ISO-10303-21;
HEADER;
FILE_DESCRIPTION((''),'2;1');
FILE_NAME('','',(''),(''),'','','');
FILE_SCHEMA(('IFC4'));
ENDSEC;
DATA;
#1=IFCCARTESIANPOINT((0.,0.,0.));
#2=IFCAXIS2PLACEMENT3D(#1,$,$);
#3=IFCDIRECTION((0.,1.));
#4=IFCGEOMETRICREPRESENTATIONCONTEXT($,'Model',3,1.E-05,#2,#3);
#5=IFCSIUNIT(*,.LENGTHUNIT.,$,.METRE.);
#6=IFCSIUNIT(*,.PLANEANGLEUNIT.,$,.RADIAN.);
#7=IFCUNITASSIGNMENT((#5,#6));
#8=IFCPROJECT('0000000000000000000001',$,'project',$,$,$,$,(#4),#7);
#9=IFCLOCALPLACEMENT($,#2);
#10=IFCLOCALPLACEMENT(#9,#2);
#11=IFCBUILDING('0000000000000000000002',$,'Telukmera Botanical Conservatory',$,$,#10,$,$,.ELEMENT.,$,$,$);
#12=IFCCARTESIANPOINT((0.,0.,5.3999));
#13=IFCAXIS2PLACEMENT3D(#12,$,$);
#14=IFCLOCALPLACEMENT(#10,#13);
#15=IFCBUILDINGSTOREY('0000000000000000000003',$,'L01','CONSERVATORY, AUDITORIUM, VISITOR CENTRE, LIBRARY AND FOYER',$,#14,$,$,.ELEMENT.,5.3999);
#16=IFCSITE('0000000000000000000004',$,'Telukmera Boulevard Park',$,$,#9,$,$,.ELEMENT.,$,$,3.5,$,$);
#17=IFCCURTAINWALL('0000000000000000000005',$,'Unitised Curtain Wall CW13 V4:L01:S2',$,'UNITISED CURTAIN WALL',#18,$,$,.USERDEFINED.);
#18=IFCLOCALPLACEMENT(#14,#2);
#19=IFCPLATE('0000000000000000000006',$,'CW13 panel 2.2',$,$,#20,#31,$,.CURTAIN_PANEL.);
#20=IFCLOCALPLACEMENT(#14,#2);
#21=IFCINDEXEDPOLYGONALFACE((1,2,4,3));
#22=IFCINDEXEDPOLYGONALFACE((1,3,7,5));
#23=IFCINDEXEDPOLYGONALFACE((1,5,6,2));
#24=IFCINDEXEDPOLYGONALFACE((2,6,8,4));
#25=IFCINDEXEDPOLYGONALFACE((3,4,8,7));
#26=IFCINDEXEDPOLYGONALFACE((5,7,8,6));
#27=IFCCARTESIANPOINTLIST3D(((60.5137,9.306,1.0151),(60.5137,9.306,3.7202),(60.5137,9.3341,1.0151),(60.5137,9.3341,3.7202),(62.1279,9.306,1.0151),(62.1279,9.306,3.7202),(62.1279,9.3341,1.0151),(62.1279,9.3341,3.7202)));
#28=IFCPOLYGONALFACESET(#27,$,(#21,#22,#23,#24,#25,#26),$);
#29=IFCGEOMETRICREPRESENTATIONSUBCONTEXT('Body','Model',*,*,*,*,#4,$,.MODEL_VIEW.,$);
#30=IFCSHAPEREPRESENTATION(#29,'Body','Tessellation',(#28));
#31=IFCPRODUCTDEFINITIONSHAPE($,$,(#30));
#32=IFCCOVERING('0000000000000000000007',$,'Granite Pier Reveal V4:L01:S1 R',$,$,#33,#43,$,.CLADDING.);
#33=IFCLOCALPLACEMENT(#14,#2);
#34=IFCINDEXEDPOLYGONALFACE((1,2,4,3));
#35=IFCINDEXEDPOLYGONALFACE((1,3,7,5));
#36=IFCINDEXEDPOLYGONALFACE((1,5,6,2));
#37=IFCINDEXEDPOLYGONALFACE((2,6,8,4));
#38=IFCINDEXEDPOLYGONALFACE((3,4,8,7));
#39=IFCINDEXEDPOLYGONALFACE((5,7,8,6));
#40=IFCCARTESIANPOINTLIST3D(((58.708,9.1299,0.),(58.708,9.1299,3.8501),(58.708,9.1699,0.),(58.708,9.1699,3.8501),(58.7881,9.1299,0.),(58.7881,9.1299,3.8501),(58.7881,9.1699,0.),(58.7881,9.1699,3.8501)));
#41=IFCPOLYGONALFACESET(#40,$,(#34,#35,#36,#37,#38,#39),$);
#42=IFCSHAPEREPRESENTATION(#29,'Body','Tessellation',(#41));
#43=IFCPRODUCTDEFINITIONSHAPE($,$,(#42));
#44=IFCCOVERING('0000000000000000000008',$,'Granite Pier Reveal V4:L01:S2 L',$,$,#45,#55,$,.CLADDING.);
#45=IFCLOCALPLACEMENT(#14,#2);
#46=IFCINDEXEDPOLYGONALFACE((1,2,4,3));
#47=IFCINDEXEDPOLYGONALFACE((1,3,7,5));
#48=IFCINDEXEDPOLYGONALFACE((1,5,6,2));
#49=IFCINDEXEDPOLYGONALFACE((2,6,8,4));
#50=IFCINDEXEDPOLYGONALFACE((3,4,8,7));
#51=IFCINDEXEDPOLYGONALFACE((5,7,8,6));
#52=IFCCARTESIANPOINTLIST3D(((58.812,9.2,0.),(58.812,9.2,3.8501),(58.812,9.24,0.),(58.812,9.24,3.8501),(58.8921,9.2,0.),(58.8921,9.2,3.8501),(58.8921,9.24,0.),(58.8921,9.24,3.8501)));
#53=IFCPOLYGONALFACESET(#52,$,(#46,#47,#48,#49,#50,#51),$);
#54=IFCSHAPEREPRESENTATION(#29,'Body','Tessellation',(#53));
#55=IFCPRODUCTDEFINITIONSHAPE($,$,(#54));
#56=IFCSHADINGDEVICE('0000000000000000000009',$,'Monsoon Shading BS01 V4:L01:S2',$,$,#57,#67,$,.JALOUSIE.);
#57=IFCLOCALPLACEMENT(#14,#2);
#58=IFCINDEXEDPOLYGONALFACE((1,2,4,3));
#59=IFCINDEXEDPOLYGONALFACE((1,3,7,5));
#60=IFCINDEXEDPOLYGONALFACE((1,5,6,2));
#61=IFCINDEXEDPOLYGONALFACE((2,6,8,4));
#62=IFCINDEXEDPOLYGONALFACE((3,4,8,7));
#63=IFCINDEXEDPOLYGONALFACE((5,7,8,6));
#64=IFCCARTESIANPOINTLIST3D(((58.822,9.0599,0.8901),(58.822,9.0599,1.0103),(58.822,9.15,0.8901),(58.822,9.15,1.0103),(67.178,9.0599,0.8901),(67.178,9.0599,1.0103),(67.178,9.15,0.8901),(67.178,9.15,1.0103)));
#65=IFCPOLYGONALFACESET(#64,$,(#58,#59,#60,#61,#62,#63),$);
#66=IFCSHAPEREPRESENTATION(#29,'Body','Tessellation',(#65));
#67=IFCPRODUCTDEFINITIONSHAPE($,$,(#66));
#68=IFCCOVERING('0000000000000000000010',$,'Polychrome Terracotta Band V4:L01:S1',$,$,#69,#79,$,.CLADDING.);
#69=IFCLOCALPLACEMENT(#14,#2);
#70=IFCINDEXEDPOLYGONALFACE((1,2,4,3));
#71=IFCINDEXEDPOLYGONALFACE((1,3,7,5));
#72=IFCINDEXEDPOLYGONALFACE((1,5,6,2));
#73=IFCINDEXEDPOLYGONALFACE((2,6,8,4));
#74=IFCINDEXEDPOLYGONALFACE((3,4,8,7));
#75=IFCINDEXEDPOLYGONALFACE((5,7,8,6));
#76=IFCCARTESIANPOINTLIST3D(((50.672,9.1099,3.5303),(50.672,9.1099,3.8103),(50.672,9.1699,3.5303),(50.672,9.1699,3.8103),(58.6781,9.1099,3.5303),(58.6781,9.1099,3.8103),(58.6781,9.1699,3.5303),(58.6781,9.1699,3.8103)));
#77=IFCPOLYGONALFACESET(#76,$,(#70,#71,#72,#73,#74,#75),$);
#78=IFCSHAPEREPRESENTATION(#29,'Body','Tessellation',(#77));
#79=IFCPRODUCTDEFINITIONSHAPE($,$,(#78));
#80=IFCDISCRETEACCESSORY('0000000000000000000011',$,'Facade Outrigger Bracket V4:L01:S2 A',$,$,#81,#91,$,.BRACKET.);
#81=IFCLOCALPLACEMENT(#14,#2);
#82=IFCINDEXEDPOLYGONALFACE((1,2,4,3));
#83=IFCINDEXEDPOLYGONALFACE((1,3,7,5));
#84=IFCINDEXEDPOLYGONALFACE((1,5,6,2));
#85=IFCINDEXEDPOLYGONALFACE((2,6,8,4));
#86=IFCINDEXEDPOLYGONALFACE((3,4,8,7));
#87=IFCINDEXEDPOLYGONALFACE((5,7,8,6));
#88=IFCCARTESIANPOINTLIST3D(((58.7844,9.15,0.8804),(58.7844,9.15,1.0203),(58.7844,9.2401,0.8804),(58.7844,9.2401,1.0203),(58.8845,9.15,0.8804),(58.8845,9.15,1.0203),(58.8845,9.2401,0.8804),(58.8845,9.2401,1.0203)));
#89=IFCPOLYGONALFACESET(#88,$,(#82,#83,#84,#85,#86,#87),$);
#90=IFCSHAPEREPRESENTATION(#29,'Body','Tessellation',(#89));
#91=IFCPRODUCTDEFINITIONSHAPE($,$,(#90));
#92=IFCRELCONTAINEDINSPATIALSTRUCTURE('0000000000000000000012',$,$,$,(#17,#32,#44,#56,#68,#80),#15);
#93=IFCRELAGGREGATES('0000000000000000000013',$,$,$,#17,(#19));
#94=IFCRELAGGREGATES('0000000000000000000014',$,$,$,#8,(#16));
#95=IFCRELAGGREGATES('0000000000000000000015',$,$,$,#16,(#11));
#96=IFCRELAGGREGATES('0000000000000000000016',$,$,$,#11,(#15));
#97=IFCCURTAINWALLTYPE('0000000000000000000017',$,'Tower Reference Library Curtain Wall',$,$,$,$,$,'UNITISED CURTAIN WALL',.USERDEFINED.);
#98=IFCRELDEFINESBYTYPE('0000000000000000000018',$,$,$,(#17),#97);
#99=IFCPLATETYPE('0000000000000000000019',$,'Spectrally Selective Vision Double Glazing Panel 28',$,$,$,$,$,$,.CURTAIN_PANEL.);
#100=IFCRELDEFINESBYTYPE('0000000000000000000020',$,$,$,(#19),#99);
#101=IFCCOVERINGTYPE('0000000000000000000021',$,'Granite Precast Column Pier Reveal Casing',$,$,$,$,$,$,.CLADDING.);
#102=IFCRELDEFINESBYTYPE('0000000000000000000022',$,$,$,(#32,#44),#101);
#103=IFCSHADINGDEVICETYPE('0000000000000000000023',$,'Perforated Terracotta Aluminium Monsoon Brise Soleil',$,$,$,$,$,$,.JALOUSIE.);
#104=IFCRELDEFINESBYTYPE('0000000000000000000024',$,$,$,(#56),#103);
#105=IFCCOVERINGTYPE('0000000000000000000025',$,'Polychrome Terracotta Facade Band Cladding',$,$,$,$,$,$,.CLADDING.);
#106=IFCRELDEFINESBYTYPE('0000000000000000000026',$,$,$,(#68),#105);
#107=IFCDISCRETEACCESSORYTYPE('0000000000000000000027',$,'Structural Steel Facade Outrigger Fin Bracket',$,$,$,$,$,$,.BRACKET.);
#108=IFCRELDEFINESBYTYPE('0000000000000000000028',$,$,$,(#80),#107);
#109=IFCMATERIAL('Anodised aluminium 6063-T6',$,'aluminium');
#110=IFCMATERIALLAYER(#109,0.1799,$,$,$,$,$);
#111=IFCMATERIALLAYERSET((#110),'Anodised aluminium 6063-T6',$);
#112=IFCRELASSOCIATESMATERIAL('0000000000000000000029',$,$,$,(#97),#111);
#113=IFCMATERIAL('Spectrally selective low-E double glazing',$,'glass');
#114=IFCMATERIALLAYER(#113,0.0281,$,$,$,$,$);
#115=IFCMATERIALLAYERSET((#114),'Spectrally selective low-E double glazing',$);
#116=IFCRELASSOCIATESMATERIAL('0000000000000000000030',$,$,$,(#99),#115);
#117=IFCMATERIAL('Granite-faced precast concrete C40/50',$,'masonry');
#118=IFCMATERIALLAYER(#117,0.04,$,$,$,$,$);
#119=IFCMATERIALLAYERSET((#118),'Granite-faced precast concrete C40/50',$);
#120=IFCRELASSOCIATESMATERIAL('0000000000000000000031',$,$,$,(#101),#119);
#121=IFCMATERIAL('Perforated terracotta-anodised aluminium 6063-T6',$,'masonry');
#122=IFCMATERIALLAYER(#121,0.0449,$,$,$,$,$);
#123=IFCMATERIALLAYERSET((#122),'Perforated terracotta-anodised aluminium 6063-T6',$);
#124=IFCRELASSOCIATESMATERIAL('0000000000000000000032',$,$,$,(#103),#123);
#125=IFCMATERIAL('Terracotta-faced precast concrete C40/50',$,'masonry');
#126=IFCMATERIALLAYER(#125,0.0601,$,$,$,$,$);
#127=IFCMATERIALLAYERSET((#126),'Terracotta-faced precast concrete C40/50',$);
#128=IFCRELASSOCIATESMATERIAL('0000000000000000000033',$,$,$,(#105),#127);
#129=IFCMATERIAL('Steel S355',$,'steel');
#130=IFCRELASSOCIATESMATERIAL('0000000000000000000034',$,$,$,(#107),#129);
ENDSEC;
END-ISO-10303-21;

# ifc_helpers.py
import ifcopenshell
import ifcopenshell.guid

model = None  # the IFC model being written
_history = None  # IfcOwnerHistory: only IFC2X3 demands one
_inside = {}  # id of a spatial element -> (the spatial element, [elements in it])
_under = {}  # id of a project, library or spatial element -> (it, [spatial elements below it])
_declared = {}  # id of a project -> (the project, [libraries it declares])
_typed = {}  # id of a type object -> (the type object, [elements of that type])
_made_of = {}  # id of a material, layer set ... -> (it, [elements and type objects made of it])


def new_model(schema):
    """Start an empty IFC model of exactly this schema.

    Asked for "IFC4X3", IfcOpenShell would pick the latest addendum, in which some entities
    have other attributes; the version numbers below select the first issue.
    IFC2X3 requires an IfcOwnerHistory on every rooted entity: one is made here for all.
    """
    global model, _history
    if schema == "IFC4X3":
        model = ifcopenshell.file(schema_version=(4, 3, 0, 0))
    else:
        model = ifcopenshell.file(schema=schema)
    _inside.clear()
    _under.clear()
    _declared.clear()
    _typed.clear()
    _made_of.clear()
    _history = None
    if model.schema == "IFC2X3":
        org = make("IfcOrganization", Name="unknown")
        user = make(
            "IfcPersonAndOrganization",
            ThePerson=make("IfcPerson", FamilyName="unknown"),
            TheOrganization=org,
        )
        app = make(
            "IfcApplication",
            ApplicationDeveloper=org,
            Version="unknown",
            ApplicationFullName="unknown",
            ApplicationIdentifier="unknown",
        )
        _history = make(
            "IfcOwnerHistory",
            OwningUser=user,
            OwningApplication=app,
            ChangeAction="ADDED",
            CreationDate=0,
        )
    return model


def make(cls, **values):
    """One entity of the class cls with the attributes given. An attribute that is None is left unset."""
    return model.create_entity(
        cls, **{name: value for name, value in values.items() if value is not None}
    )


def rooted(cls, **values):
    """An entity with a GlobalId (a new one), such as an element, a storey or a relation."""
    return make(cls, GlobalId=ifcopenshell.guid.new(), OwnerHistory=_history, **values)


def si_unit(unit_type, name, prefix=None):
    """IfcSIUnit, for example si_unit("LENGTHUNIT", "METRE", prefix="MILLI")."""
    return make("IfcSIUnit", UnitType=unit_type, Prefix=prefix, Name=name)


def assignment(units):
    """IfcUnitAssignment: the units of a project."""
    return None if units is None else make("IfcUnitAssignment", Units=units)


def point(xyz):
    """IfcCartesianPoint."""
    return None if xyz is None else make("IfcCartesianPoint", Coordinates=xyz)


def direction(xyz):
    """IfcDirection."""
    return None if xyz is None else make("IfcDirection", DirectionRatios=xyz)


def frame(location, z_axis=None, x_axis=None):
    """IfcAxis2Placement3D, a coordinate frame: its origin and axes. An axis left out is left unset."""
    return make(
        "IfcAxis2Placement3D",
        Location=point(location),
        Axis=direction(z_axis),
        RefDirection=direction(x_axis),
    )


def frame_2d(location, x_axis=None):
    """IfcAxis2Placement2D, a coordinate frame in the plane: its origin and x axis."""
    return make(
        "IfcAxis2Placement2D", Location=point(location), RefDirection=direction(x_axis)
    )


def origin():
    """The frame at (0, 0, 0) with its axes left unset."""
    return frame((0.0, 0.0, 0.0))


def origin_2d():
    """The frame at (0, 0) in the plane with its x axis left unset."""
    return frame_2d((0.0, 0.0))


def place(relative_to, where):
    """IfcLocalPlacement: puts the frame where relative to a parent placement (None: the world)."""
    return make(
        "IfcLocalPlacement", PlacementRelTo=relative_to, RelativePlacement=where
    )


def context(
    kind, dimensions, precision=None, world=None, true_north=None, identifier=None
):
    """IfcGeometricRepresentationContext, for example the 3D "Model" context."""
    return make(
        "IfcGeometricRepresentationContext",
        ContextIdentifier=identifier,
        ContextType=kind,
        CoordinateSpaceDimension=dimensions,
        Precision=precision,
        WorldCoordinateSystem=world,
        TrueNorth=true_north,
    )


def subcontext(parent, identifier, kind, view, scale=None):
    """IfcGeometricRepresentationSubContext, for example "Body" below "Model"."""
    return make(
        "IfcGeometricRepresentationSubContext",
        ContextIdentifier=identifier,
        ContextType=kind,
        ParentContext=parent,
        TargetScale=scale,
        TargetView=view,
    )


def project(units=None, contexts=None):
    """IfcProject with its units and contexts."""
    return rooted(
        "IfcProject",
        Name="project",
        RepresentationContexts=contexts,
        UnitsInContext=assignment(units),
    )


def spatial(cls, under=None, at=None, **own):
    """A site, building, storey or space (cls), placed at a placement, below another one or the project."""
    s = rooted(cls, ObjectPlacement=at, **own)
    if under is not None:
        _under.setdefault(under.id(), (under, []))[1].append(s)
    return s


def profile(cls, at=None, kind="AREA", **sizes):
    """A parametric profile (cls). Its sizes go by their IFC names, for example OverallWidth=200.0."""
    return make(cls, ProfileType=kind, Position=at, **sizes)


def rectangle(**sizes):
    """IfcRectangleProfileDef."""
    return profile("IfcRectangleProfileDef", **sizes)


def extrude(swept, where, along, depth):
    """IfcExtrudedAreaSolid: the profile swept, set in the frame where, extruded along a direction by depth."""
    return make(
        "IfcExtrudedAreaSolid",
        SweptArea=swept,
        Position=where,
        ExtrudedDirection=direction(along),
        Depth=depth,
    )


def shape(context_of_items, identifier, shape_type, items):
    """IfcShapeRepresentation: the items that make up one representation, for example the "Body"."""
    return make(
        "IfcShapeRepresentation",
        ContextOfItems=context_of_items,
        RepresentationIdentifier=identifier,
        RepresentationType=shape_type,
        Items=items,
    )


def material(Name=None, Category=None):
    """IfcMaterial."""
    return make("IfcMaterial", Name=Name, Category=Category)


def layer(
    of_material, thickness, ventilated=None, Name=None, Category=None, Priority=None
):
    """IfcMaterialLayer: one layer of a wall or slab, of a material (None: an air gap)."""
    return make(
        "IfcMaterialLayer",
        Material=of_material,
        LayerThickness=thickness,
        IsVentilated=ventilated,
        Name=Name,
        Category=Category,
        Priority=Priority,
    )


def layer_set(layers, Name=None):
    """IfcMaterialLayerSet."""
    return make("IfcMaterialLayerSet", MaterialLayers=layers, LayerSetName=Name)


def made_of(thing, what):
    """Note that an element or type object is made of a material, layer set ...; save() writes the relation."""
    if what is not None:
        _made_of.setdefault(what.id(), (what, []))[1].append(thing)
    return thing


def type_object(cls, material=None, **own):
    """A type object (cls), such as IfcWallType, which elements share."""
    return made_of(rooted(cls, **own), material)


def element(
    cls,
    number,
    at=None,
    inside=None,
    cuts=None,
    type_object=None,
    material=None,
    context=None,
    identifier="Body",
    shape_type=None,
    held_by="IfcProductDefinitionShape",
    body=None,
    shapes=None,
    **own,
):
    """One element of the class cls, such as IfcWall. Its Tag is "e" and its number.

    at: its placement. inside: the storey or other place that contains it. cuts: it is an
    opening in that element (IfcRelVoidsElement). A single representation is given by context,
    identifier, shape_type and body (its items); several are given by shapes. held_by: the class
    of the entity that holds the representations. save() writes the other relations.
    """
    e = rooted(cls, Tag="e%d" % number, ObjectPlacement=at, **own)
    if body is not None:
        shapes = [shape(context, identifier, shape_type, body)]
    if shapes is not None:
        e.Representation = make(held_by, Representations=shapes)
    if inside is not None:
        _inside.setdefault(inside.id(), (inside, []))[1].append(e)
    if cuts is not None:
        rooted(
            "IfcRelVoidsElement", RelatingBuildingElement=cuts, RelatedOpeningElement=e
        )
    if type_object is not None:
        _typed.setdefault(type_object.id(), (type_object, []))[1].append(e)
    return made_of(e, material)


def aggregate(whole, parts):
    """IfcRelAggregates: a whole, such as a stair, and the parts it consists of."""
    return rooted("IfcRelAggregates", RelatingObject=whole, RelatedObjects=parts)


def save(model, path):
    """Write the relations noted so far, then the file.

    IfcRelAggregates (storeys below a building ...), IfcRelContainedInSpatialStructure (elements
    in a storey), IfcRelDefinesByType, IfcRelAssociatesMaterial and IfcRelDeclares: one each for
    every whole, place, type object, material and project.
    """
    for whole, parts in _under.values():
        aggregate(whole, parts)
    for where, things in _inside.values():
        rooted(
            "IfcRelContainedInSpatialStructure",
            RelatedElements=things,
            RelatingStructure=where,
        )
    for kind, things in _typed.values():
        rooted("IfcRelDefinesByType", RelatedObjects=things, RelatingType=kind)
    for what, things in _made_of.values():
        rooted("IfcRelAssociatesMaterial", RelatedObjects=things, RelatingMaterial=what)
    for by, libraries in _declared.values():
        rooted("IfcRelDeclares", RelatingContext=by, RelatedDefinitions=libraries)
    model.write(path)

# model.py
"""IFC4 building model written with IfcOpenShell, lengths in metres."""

from ifc_helpers import new_model, si_unit, direction, frame, origin, origin_2d, place, context, subcontext, project, spatial, rectangle, extrude, material, layer, layer_set, type_object, element, aggregate, save


model = new_model("IFC4")

# Units and contexts
model_context = context("Model", 3, precision=1e-05, world=origin(), true_north=direction((0.0, 1.0)))
body_context = subcontext(model_context, "Body", "Model", "MODEL_VIEW")
ifc_project = project(units=[si_unit("LENGTHUNIT", "METRE"), si_unit("PLANEANGLEUNIT", "RADIAN")], contexts=[model_context])

# Site, building, storey
site_placement = place(None, origin())
site = spatial("IfcSite", under=ifc_project, at=site_placement, Name="Telukmera Boulevard Park", CompositionType="ELEMENT", RefElevation=3.5)
building_placement = place(site_placement, origin())
building = spatial("IfcBuilding", under=site, at=building_placement, Name="Telukmera Botanical Conservatory", CompositionType="ELEMENT")
storey_placement = place(building_placement, frame((0.0, 0.0, 5.3999)))
storey = spatial("IfcBuildingStorey", under=building, at=storey_placement, Name="L01", Description="CONSERVATORY, AUDITORIUM, VISITOR CENTRE, LIBRARY AND FOYER", CompositionType="ELEMENT", Elevation=5.3999)

# Curtain wall, plate
ifc_material_1 = material(Name="Anodised aluminium 6063-T6", Category="aluminium")
ifc_layer_1 = layer(ifc_material_1, 0.1799)
ifc_layer_set_1 = layer_set([ifc_layer_1], Name="Anodised aluminium 6063-T6")
curtain_wall_type = type_object("IfcCurtainWallType", Name="Tower Reference Library Curtain Wall", ElementType="UNITISED CURTAIN WALL", PredefinedType="USERDEFINED", material=ifc_layer_set_1)
curtain_wall_placement = place(storey_placement, origin())
curtain_wall = element("IfcCurtainWall", 1, at=curtain_wall_placement, inside=storey, type_object=curtain_wall_type, Name="Unitised Curtain Wall CW13 V4:L01:S2", ObjectType="UNITISED CURTAIN WALL", PredefinedType="USERDEFINED")
ifc_material_2 = material(Name="Spectrally selective low-E double glazing", Category="glass")
ifc_layer_2 = layer(ifc_material_2, 0.0281)
ifc_layer_set_2 = layer_set([ifc_layer_2], Name="Spectrally selective low-E double glazing")
plate_type = type_object("IfcPlateType", Name="Spectrally Selective Vision Double Glazing Panel 28", PredefinedType="CURTAIN_PANEL", material=ifc_layer_set_2)
plate_1_placement = place(storey_placement, frame((61.3208, 9.3201, 1.0151), z_axis=(0.0, 0.0, 1.0), x_axis=(1.0, 0.0, 0.0)))
plate_1 = element("IfcPlate", 2, at=plate_1_placement, type_object=plate_type, Name="CW13 panel 2.2", PredefinedType="CURTAIN_PANEL", context=body_context, shape_type="SweptSolid", body=[
    extrude(rectangle(XDim=1.6143, YDim=0.0281, at=origin_2d()), origin(), (0.0, 0.0, 1.0), 2.7051),
])
aggregate(curtain_wall, [plate_1])

# Coverings
ifc_material_3 = material(Name="Granite-faced precast concrete C40/50", Category="masonry")
ifc_layer_3 = layer(ifc_material_3, 0.04)
ifc_layer_set_3 = layer_set([ifc_layer_3], Name="Granite-faced precast concrete C40/50")
covering_type_1 = type_object("IfcCoveringType", Name="Granite Precast Column Pier Reveal Casing", PredefinedType="CLADDING", material=ifc_layer_set_3)
for number, where, z_axis, x_axis, name in (
    (3, (58.748, 9.1499, 0.0), (0.0, 0.0, 1.0), (1.0, 0.0, 0.0), "Granite Pier Reveal V4:L01:S1 R"),
    (4, (58.8521, 9.22, 0.0), (0.0, 0.0, 1.0), (1.0, 0.0, 0.0), "Granite Pier Reveal V4:L01:S2 L"),
):
    element("IfcCovering", number, at=place(storey_placement, frame(where, z_axis=z_axis, x_axis=x_axis)), inside=storey, type_object=covering_type_1, Name=name, PredefinedType="CLADDING", context=body_context, shape_type="SweptSolid", body=[
        extrude(rectangle(XDim=0.0801, YDim=0.04, at=origin_2d()), origin(), (0.0, 0.0, 1.0), 3.8501),
    ])

# Shading device
ifc_material_4 = material(Name="Perforated terracotta-anodised aluminium 6063-T6", Category="masonry")
ifc_layer_4 = layer(ifc_material_4, 0.0449)
ifc_layer_set_4 = layer_set([ifc_layer_4], Name="Perforated terracotta-anodised aluminium 6063-T6")
shading_device_type = type_object("IfcShadingDeviceType", Name="Perforated Terracotta Aluminium Monsoon Brise Soleil", PredefinedType="JALOUSIE", material=ifc_layer_set_4)
shading_device_placement = place(storey_placement, frame((63.0, 9.105, 0.8901), z_axis=(0.0, 0.0, 1.0), x_axis=(1.0, 0.0, 0.0)))
element("IfcShadingDevice", 5, at=shading_device_placement, inside=storey, type_object=shading_device_type, Name="Monsoon Shading BS01 V4:L01:S2", PredefinedType="JALOUSIE", context=body_context, shape_type="SweptSolid", body=[
    extrude(rectangle(XDim=8.356, YDim=0.0901, at=origin_2d()), origin(), (0.0, 0.0, 1.0), 0.1201),
])

# Covering
ifc_material_5 = material(Name="Terracotta-faced precast concrete C40/50", Category="masonry")
ifc_layer_5 = layer(ifc_material_5, 0.0601)
ifc_layer_set_5 = layer_set([ifc_layer_5], Name="Terracotta-faced precast concrete C40/50")
covering_type_2 = type_object("IfcCoveringType", Name="Polychrome Terracotta Facade Band Cladding", PredefinedType="CLADDING", material=ifc_layer_set_5)
covering_placement = place(storey_placement, frame((54.675, 9.1399, 3.5303), z_axis=(0.0, 0.0, 1.0), x_axis=(1.0, 0.0, 0.0)))
element("IfcCovering", 6, at=covering_placement, inside=storey, type_object=covering_type_2, Name="Polychrome Terracotta Band V4:L01:S1", PredefinedType="CLADDING", context=body_context, shape_type="SweptSolid", body=[
    extrude(rectangle(XDim=8.0061, YDim=0.0601, at=origin_2d()), origin(), (0.0, 0.0, 1.0), 0.28),
])

# Discrete accessory
ifc_material_6 = material(Name="Steel S355", Category="steel")
discrete_accessory_type = type_object("IfcDiscreteAccessoryType", Name="Structural Steel Facade Outrigger Fin Bracket", PredefinedType="BRACKET", material=ifc_material_6)
discrete_accessory_placement = place(storey_placement, frame((58.8345, 9.1951, 0.8804), z_axis=(0.0, 0.0, 1.0), x_axis=(1.0, 0.0, 0.0)))
element("IfcDiscreteAccessory", 7, at=discrete_accessory_placement, inside=storey, type_object=discrete_accessory_type, Name="Facade Outrigger Bracket V4:L01:S2 A", PredefinedType="BRACKET", context=body_context, shape_type="SweptSolid", body=[
    extrude(rectangle(XDim=0.1001, YDim=0.0901, at=origin_2d()), origin(), (0.0, 0.0, 1.0), 0.1399),
])

save(model, "model.ifc")
